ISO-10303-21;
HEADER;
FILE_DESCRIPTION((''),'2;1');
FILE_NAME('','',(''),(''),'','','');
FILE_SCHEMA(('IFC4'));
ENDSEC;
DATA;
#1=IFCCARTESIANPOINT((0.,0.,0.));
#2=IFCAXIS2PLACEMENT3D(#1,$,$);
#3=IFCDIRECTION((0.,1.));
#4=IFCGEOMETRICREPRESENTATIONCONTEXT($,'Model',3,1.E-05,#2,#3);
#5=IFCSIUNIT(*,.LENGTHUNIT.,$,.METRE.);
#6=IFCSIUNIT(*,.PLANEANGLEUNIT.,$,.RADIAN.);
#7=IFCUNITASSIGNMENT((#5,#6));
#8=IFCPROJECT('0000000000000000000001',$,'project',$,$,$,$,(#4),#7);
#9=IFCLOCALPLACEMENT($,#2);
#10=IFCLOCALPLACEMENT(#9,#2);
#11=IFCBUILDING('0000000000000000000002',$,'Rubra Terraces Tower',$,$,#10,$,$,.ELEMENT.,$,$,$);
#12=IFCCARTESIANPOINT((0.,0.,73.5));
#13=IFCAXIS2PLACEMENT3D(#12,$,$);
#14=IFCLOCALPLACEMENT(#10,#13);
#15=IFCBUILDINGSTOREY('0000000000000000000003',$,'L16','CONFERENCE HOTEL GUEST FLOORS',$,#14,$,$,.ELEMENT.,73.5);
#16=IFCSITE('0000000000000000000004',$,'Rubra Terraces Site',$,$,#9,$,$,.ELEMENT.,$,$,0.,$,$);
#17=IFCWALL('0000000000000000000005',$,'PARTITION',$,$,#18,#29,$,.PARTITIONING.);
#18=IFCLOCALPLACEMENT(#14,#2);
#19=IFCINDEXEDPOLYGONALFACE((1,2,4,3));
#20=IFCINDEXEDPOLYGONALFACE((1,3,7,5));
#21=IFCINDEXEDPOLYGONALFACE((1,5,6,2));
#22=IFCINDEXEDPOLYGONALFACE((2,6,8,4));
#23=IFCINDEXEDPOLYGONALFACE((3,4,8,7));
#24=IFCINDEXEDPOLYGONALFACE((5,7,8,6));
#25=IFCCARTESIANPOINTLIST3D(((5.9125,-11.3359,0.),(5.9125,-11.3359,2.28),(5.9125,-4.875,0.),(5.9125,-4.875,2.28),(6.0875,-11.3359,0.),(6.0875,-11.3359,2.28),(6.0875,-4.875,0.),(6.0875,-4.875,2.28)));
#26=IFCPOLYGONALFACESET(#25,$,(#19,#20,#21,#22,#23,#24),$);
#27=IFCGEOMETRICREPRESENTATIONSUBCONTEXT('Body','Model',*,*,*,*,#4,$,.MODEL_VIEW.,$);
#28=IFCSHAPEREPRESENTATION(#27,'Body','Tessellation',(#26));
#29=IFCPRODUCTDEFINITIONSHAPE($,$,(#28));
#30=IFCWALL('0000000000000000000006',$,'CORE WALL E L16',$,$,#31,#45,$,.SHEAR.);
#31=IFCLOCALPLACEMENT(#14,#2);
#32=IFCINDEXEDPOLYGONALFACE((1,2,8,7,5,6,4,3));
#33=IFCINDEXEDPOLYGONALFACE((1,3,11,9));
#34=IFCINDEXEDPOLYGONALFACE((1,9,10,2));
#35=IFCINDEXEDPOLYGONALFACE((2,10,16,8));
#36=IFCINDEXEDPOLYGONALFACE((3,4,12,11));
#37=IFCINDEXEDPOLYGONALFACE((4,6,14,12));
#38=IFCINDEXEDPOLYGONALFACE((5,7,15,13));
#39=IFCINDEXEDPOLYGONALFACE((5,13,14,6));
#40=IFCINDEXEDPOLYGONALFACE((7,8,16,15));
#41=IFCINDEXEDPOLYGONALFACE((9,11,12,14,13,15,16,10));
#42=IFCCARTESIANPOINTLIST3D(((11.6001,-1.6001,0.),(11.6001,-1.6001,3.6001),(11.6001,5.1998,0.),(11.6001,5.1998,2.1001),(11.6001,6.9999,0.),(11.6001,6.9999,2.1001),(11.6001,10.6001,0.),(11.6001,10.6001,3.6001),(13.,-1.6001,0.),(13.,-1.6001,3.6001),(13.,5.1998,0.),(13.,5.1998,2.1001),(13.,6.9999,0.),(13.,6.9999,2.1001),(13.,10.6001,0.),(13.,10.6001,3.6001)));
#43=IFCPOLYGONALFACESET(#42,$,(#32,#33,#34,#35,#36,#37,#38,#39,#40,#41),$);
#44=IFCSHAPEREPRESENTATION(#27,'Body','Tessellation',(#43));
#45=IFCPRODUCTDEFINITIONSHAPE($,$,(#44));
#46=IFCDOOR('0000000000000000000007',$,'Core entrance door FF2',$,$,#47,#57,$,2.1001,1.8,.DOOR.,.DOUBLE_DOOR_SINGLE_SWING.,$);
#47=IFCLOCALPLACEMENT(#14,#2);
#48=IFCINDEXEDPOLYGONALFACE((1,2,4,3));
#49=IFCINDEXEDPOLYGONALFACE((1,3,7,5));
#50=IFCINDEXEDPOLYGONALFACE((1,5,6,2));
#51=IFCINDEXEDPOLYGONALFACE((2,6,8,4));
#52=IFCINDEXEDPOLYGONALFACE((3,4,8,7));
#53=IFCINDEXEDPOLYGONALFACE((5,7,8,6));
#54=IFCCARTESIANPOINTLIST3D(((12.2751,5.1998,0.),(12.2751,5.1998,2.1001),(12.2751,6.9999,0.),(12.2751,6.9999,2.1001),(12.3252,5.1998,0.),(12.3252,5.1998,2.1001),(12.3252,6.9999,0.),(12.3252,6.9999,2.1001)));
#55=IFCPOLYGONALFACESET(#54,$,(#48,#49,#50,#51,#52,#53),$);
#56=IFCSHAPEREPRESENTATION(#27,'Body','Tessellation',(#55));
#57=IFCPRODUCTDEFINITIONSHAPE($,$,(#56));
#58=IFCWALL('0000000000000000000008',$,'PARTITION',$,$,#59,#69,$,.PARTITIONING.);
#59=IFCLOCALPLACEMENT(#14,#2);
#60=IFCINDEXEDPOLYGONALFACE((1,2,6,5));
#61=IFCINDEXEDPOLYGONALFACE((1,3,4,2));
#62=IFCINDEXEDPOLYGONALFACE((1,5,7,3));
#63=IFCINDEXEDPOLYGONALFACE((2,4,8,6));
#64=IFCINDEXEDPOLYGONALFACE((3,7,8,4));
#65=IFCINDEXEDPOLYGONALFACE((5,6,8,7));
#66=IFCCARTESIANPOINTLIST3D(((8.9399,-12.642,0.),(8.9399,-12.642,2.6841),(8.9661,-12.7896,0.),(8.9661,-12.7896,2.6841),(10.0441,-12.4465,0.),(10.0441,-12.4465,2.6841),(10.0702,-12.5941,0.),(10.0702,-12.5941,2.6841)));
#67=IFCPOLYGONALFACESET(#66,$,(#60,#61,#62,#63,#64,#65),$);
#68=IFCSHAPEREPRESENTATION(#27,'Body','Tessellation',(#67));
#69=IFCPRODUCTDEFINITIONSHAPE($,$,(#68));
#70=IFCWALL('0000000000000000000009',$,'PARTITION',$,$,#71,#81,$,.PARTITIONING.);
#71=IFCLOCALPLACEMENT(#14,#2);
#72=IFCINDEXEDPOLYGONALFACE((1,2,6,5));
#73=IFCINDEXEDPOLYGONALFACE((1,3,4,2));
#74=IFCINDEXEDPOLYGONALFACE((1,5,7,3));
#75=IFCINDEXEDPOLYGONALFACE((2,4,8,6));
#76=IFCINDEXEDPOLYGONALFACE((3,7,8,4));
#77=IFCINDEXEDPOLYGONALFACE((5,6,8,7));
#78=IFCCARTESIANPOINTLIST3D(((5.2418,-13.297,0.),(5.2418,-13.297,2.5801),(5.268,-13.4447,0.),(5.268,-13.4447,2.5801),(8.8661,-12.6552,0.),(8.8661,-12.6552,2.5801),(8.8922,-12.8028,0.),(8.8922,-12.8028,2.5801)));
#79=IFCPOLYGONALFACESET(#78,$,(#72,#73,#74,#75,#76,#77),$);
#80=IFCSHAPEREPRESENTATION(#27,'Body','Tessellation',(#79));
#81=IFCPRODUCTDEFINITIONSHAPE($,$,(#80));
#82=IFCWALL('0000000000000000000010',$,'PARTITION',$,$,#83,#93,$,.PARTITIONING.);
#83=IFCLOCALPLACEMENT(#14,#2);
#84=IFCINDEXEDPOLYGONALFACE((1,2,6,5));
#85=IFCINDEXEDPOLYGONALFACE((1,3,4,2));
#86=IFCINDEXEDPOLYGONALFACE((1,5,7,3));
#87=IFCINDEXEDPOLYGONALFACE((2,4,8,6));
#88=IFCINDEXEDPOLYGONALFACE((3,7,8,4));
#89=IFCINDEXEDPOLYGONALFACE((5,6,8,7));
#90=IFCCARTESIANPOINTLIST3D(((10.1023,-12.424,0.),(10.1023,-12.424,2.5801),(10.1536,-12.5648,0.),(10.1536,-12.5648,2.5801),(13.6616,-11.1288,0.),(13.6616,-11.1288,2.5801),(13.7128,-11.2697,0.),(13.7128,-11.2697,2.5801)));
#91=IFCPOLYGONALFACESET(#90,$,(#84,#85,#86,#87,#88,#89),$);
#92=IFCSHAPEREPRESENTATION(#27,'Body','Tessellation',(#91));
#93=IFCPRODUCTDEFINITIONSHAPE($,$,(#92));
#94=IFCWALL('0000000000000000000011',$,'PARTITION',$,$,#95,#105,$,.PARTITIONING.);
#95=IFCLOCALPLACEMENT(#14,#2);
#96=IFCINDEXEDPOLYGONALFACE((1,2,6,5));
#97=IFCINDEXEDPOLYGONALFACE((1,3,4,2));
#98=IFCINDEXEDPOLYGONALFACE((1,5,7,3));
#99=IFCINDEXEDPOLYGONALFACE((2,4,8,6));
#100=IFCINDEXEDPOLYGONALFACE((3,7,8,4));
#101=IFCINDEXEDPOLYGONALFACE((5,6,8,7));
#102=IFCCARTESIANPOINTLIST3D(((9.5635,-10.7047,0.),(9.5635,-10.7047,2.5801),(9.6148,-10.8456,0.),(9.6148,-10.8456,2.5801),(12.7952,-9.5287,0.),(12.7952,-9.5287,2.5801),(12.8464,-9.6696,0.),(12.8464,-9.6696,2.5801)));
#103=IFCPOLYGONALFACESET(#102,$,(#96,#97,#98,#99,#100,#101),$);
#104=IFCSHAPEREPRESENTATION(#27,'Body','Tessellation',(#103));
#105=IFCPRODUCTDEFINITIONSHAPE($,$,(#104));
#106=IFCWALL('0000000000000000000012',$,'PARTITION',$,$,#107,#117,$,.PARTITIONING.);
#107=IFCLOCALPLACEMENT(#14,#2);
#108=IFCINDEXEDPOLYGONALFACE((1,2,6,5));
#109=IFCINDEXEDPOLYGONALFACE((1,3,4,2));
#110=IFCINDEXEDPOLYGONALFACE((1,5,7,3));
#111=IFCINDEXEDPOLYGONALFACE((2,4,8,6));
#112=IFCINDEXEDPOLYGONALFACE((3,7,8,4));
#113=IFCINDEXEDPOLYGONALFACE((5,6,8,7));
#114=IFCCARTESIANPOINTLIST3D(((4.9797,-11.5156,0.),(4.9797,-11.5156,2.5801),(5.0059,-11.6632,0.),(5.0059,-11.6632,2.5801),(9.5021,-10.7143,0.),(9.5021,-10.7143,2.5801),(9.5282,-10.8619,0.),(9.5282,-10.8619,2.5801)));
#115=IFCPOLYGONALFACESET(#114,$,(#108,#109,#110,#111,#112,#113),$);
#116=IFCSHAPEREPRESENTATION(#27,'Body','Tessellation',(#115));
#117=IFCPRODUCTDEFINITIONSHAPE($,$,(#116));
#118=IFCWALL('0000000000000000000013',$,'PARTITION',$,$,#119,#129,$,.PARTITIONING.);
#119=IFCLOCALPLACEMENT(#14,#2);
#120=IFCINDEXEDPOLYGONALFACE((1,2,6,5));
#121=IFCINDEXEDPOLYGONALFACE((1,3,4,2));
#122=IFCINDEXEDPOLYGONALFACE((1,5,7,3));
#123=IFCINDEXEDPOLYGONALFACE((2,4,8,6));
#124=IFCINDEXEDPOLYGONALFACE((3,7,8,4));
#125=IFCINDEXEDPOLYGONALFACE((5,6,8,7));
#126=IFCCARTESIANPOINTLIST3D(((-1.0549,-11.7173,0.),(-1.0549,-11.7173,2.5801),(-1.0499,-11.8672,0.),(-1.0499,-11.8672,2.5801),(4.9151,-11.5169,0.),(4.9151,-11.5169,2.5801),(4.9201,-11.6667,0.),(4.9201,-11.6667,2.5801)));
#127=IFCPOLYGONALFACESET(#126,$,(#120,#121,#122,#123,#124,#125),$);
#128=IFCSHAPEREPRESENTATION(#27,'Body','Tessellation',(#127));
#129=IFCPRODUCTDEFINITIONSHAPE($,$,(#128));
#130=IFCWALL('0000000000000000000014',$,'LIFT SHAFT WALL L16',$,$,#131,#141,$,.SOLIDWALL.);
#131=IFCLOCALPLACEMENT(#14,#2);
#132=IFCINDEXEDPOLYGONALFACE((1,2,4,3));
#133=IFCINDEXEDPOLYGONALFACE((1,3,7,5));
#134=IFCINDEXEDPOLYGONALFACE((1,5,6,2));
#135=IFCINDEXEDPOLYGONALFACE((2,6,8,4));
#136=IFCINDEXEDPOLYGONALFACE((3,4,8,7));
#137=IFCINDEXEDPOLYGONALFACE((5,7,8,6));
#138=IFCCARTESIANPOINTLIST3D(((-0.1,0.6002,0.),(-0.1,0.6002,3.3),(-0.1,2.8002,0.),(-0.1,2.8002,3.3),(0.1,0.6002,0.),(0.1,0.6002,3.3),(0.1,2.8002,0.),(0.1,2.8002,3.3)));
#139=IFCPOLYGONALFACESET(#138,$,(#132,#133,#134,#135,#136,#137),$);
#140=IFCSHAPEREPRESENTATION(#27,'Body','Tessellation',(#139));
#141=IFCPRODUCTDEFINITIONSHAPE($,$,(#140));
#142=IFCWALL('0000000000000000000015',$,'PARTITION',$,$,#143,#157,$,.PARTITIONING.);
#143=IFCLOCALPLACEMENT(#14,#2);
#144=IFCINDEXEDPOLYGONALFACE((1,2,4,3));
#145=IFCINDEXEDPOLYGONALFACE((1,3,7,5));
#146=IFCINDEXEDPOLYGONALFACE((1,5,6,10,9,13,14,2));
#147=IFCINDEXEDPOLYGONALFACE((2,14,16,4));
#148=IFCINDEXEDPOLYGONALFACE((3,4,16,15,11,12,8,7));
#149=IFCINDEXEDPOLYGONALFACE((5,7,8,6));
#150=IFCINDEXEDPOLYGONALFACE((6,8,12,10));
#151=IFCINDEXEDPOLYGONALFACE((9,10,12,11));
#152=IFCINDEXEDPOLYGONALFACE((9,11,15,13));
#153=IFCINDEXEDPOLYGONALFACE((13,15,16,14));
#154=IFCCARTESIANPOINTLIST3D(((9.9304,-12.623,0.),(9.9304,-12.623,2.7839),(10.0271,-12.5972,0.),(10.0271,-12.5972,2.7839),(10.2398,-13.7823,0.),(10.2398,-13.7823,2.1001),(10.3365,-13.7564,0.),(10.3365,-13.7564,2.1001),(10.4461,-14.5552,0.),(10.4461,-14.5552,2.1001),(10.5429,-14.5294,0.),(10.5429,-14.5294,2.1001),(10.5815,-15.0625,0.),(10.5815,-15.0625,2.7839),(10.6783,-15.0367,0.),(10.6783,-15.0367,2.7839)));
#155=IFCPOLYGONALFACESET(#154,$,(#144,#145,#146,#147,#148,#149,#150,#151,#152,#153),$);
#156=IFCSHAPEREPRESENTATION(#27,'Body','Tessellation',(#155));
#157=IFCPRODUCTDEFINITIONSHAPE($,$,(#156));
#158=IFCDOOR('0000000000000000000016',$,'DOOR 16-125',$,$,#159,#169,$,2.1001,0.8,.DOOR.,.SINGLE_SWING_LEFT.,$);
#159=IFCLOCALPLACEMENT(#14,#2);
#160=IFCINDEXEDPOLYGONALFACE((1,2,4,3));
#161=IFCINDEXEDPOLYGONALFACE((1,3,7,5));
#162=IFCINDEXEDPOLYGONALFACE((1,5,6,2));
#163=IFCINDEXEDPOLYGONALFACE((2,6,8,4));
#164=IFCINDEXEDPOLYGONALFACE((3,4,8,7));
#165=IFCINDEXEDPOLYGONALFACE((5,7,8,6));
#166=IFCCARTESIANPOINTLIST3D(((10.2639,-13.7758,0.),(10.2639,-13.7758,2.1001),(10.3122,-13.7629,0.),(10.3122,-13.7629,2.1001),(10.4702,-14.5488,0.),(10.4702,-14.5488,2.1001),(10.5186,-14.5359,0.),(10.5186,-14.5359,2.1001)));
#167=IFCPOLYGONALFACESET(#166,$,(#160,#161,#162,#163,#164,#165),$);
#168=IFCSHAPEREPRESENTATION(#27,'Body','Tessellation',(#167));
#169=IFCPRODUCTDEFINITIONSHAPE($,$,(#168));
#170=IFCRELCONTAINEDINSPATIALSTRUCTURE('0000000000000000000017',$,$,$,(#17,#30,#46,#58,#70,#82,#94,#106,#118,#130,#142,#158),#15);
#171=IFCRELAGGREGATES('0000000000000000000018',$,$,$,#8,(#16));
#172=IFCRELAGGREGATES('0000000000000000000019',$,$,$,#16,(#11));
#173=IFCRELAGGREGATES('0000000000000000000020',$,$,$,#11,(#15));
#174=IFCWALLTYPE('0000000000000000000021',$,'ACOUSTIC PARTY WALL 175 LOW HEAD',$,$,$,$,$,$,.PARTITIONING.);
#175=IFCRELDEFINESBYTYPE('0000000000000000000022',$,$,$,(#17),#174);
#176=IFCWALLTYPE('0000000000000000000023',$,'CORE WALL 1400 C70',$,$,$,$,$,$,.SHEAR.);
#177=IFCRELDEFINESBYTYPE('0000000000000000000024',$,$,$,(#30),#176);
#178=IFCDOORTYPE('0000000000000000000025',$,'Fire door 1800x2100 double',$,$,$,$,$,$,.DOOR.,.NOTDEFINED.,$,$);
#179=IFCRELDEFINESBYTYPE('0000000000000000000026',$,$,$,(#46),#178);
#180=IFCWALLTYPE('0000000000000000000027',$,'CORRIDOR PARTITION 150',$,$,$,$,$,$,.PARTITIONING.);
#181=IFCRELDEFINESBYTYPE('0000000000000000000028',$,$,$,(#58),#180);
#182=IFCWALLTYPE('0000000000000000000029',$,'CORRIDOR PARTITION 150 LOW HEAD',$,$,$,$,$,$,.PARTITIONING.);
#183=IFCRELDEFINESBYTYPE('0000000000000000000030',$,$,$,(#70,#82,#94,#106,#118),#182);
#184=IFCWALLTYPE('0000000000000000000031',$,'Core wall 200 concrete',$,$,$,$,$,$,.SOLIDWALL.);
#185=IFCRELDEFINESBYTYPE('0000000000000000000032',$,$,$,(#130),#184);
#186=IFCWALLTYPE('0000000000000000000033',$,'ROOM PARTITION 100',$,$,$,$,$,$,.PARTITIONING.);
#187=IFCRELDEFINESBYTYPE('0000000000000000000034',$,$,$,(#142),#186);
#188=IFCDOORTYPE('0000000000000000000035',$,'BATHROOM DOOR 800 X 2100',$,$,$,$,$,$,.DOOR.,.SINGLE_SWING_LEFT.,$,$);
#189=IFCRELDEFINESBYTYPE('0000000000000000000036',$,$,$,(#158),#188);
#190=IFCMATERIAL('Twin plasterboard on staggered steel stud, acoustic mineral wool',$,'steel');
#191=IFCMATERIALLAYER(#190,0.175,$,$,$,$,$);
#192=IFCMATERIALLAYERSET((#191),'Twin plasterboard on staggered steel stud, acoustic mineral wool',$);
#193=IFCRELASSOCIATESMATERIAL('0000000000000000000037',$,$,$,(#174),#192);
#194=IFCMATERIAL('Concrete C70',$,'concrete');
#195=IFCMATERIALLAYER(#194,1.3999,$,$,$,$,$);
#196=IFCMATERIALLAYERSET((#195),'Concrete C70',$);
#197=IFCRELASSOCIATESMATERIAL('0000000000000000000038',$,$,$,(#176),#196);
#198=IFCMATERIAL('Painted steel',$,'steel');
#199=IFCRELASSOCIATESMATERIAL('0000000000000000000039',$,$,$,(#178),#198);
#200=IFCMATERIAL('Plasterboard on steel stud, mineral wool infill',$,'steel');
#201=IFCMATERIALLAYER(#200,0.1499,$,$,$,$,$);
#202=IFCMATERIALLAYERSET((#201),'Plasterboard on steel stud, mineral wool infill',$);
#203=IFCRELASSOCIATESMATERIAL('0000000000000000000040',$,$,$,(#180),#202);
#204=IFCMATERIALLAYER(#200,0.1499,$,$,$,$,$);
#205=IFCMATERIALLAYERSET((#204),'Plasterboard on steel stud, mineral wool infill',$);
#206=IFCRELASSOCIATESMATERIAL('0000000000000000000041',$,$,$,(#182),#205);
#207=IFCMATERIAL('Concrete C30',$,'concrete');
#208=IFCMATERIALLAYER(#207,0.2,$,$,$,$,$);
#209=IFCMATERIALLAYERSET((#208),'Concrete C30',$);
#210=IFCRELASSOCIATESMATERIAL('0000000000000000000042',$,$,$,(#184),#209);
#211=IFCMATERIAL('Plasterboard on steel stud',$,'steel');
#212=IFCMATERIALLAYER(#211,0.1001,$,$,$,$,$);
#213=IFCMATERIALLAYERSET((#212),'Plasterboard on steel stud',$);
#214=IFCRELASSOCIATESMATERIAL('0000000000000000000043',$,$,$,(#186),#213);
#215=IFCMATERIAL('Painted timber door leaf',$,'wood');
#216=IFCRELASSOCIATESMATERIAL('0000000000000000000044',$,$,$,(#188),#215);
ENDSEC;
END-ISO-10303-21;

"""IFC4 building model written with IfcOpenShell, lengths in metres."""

from ifc_helpers import new_model, si_unit, direction, frame, frame_2d, origin, place, context, subcontext, project, spatial, rectangle, extrude, material, layer, layer_set, type_object, element, fill, save


model = new_model("IFC4")

# Units and contexts
model_context = context("Model", 3, precision=1e-05, world=origin(), true_north=direction((0.0, 1.0)))
body_context = subcontext(model_context, "Body", "Model", "MODEL_VIEW")
ifc_project = project(units=[si_unit("LENGTHUNIT", "METRE"), si_unit("PLANEANGLEUNIT", "RADIAN")], contexts=[model_context])

# Site, building, storey
site_placement = place(None, origin())
site = spatial("IfcSite", under=ifc_project, at=site_placement, Name="Rubra Terraces Site", CompositionType="ELEMENT", RefElevation=0.0)
building_placement = place(site_placement, origin())
building = spatial("IfcBuilding", under=site, at=building_placement, Name="Rubra Terraces Tower", CompositionType="ELEMENT")
storey_placement = place(building_placement, frame((0.0, 0.0, 73.5)))
storey = spatial("IfcBuildingStorey", under=building, at=storey_placement, Name="L16", Description="CONFERENCE HOTEL GUEST FLOORS", CompositionType="ELEMENT", Elevation=73.5)

# Wall
ifc_material_1 = material(Name="Twin plasterboard on staggered steel stud, acoustic mineral wool", Category="steel")
ifc_layer_1 = layer(ifc_material_1, 0.175)
ifc_layer_set_1 = layer_set([ifc_layer_1], Name="Twin plasterboard on staggered steel stud, acoustic mineral wool")
wall_type_1 = type_object("IfcWallType", Name="ACOUSTIC PARTY WALL 175 LOW HEAD", PredefinedType="PARTITIONING", material=ifc_layer_set_1)
wall_1_placement = place(storey_placement, frame((6.0, -11.3359, 0.0), z_axis=(0.0, 0.0, 1.0), x_axis=(0.0, 1.0, 0.0)))
element("IfcWall", 1, at=wall_1_placement, inside=storey, type_object=wall_type_1, Name="PARTITION", PredefinedType="PARTITIONING", context=body_context, shape_type="SweptSolid", body=[
    extrude(rectangle(XDim=6.4609, YDim=0.175, at=frame_2d((3.2305, 0.0))), origin(), (0.0, 0.0, 1.0), 2.28),
])

# Wall, opening, door
ifc_material_2 = material(Name="Concrete C70", Category="concrete")
ifc_layer_2 = layer(ifc_material_2, 1.3999)
ifc_layer_set_2 = layer_set([ifc_layer_2], Name="Concrete C70")
wall_type_2 = type_object("IfcWallType", Name="CORE WALL 1400 C70", PredefinedType="SHEAR", material=ifc_layer_set_2)
wall_2_placement = place(storey_placement, frame((12.3, -1.6001, 0.0), z_axis=(0.0, 0.0, 1.0), x_axis=(0.0, 1.0, 0.0)))
wall_2 = element("IfcWall", 2, at=wall_2_placement, inside=storey, type_object=wall_type_2, Name="CORE WALL E L16", PredefinedType="SHEAR", context=body_context, shape_type="SweptSolid", body=[
    extrude(rectangle(XDim=12.2002, YDim=1.3999, at=frame_2d((6.1001, 0.0))), origin(), (0.0, 0.0, 1.0), 3.6001),
])
opening_1_placement = place(wall_2_placement, frame((6.8, 0.0, 0.0)))
opening_1 = element("IfcOpeningElement", 3, at=opening_1_placement, cuts=wall_2, PredefinedType="OPENING", context=body_context, shape_type="SweptSolid", body=[
    extrude(rectangle(XDim=1.8, YDim=2.1001, at=frame_2d((0.8999, 1.05))), frame((0.0, 0.71, 0.0), z_axis=(0.0, -1.0, 0.0), x_axis=(1.0, 0.0, 0.0)), (0.0, 0.0, 1.0), 1.4199),
])
ifc_material_3 = material(Name="Painted steel", Category="steel")
door_type_1 = type_object("IfcDoorType", Name="Fire door 1800x2100 double", OperationType="NOTDEFINED", PredefinedType="DOOR", material=ifc_material_3)
door_1_placement = place(opening_1_placement, origin())
door_1 = element("IfcDoor", 4, at=door_1_placement, inside=storey, type_object=door_type_1, Name="Core entrance door FF2", OperationType="DOUBLE_DOOR_SINGLE_SWING", OverallHeight=2.1001, OverallWidth=1.8, PredefinedType="DOOR", context=body_context, shape_type="SweptSolid", body=[
    extrude(rectangle(XDim=1.8, YDim=2.1001, at=frame_2d((0.8999, 1.05))), frame((0.0, 0.0249, 0.0), z_axis=(0.0, -1.0, 0.0), x_axis=(1.0, 0.0, 0.0)), (0.0, 0.0, 1.0), 0.05),
])
fill(opening_1, door_1)

# Walls
ifc_material_4 = material(Name="Plasterboard on steel stud, mineral wool infill", Category="steel")
ifc_layer_3 = layer(ifc_material_4, 0.1499)
ifc_layer_set_3 = layer_set([ifc_layer_3], Name="Plasterboard on steel stud, mineral wool infill")
wall_type_3 = type_object("IfcWallType", Name="CORRIDOR PARTITION 150", PredefinedType="PARTITIONING", material=ifc_layer_set_3)
wall_3_placement = place(storey_placement, frame((8.9531, -12.7158, 0.0), z_axis=(0.0, 0.0, 1.0), x_axis=(0.984678, 0.174381, 0.0)))
element("IfcWall", 5, at=wall_3_placement, inside=storey, type_object=wall_type_3, Name="PARTITION", PredefinedType="PARTITIONING", context=body_context, shape_type="SweptSolid", body=[
    extrude(rectangle(XDim=1.1213, YDim=0.1499, at=frame_2d((0.5605, 0.0))), origin(), (0.0, 0.0, 1.0), 2.6841),
])
ifc_layer_4 = layer(ifc_material_4, 0.1499)
ifc_layer_set_4 = layer_set([ifc_layer_4], Name="Plasterboard on steel stud, mineral wool infill")
wall_type_4 = type_object("IfcWallType", Name="CORRIDOR PARTITION 150 LOW HEAD", PredefinedType="PARTITIONING", material=ifc_layer_set_4)
wall_4_placement = place(storey_placement, frame((5.2549, -13.3708, 0.0), z_axis=(0.0, 0.0, 1.0), x_axis=(0.984678, 0.174383, 0.0)))
element("IfcWall", 6, at=wall_4_placement, inside=storey, type_object=wall_type_4, Name="PARTITION", PredefinedType="PARTITIONING", context=body_context, shape_type="SweptSolid", body=[
    extrude(rectangle(XDim=3.6807, YDim=0.1499, at=frame_2d((1.8403, 0.0))), origin(), (0.0, 0.0, 1.0), 2.5801),
])
wall_5_placement = place(storey_placement, frame((10.1279, -12.4944, 0.0), z_axis=(0.0, 0.0, 1.0), x_axis=(0.93972, 0.341945, 0.0)))
element("IfcWall", 7, at=wall_5_placement, inside=storey, type_object=wall_type_4, Name="PARTITION", PredefinedType="PARTITIONING", context=body_context, shape_type="SweptSolid", body=[
    extrude(rectangle(XDim=3.7876, YDim=0.1499, at=frame_2d((1.8938, 0.0))), origin(), (0.0, 0.0, 1.0), 2.5801),
])
wall_6_placement = place(storey_placement, frame((12.8208, -9.5991, 0.0), z_axis=(0.0, 0.0, 1.0), x_axis=(-0.939713, -0.341965, 0.0)))
element("IfcWall", 8, at=wall_6_placement, inside=storey, type_object=wall_type_4, Name="PARTITION", PredefinedType="PARTITIONING", context=body_context, shape_type="SweptSolid", body=[
    extrude(rectangle(XDim=3.439, YDim=0.1499, at=frame_2d((1.7195, 0.0))), origin(), (0.0, 0.0, 1.0), 2.5801),
])
wall_7_placement = place(storey_placement, frame((9.5151, -10.7881, 0.0), z_axis=(0.0, 0.0, 1.0), x_axis=(-0.984663, -0.174468, 0.0)))
element("IfcWall", 9, at=wall_7_placement, inside=storey, type_object=wall_type_4, Name="PARTITION", PredefinedType="PARTITIONING", context=body_context, shape_type="SweptSolid", body=[
    extrude(rectangle(XDim=4.5928, YDim=0.1499, at=frame_2d((2.2964, 0.0))), origin(), (0.0, 0.0, 1.0), 2.5801),
])
wall_8_placement = place(storey_placement, frame((4.9177, -11.5918, 0.0), z_axis=(0.0, 0.0, 1.0), x_axis=(-0.999437, -0.033556, 0.0)))
element("IfcWall", 10, at=wall_8_placement, inside=storey, type_object=wall_type_4, Name="PARTITION", PredefinedType="PARTITIONING", context=body_context, shape_type="SweptSolid", body=[
    extrude(rectangle(XDim=5.9734, YDim=0.1499, at=frame_2d((2.9868, 0.0))), origin(), (0.0, 0.0, 1.0), 2.5801),
])
ifc_material_5 = material(Name="Concrete C30", Category="concrete")
ifc_layer_5 = layer(ifc_material_5, 0.2)
ifc_layer_set_5 = layer_set([ifc_layer_5], Name="Concrete C30")
wall_type_5 = type_object("IfcWallType", Name="Core wall 200 concrete", PredefinedType="SOLIDWALL", material=ifc_layer_set_5)
wall_9_placement = place(storey_placement, frame((0.0, 0.6001, 0.0), z_axis=(0.0, 0.0, 1.0), x_axis=(0.0, 1.0, 0.0)))
element("IfcWall", 11, at=wall_9_placement, inside=storey, type_object=wall_type_5, Name="LIFT SHAFT WALL L16", PredefinedType="SOLIDWALL", context=body_context, shape_type="SweptSolid", body=[
    extrude(rectangle(XDim=2.2, YDim=0.2, at=frame_2d((1.1001, 0.0))), origin(), (0.0, 0.0, 1.0), 3.3),
])

# Wall, opening, door
ifc_material_6 = material(Name="Plasterboard on steel stud", Category="steel")
ifc_layer_6 = layer(ifc_material_6, 0.1001)
ifc_layer_set_6 = layer_set([ifc_layer_6], Name="Plasterboard on steel stud")
wall_type_6 = type_object("IfcWallType", Name="ROOM PARTITION 100", PredefinedType="PARTITIONING", material=ifc_layer_set_6)
wall_10_placement = place(storey_placement, frame((9.9788, -12.6101, 0.0), z_axis=(0.0, 0.0, 1.0), x_axis=(0.257885, -0.966176, 0.0)))
wall_10 = element("IfcWall", 12, at=wall_10_placement, inside=storey, type_object=wall_type_6, Name="PARTITION", PredefinedType="PARTITIONING", context=body_context, shape_type="SweptSolid", body=[
    extrude(rectangle(XDim=2.5249, YDim=0.1001, at=frame_2d((1.2625, 0.0))), origin(), (0.0, 0.0, 1.0), 2.7839),
])
opening_2_placement = place(wall_10_placement, frame((1.2, 0.0, 0.0)))
opening_2 = element("IfcOpeningElement", 13, at=opening_2_placement, cuts=wall_10, PredefinedType="OPENING", context=body_context, shape_type="SweptSolid", body=[
    extrude(rectangle(XDim=0.8, YDim=2.1001, at=frame_2d((0.3999, 1.05))), frame((0.0, 0.0601, 0.0), z_axis=(0.0, -1.0, 0.0), x_axis=(1.0, 0.0, 0.0)), (0.0, 0.0, 1.0), 0.1201),
])
ifc_material_7 = material(Name="Painted timber door leaf", Category="wood")
door_type_2 = type_object("IfcDoorType", Name="BATHROOM DOOR 800 X 2100", OperationType="SINGLE_SWING_LEFT", PredefinedType="DOOR", material=ifc_material_7)
door_2_placement = place(opening_2_placement, origin())
door_2 = element("IfcDoor", 14, at=door_2_placement, inside=storey, type_object=door_type_2, Name="DOOR 16-125", OperationType="SINGLE_SWING_LEFT", OverallHeight=2.1001, OverallWidth=0.8, PredefinedType="DOOR", context=body_context, shape_type="SweptSolid", body=[
    extrude(rectangle(XDim=0.8, YDim=2.1001, at=frame_2d((0.3999, 1.05))), frame((0.0, 0.0249, 0.0), z_axis=(0.0, -1.0, 0.0), x_axis=(1.0, 0.0, 0.0)), (0.0, 0.0, 1.0), 0.05),
])
fill(opening_2, door_2)

save(model, "model.ifc")
